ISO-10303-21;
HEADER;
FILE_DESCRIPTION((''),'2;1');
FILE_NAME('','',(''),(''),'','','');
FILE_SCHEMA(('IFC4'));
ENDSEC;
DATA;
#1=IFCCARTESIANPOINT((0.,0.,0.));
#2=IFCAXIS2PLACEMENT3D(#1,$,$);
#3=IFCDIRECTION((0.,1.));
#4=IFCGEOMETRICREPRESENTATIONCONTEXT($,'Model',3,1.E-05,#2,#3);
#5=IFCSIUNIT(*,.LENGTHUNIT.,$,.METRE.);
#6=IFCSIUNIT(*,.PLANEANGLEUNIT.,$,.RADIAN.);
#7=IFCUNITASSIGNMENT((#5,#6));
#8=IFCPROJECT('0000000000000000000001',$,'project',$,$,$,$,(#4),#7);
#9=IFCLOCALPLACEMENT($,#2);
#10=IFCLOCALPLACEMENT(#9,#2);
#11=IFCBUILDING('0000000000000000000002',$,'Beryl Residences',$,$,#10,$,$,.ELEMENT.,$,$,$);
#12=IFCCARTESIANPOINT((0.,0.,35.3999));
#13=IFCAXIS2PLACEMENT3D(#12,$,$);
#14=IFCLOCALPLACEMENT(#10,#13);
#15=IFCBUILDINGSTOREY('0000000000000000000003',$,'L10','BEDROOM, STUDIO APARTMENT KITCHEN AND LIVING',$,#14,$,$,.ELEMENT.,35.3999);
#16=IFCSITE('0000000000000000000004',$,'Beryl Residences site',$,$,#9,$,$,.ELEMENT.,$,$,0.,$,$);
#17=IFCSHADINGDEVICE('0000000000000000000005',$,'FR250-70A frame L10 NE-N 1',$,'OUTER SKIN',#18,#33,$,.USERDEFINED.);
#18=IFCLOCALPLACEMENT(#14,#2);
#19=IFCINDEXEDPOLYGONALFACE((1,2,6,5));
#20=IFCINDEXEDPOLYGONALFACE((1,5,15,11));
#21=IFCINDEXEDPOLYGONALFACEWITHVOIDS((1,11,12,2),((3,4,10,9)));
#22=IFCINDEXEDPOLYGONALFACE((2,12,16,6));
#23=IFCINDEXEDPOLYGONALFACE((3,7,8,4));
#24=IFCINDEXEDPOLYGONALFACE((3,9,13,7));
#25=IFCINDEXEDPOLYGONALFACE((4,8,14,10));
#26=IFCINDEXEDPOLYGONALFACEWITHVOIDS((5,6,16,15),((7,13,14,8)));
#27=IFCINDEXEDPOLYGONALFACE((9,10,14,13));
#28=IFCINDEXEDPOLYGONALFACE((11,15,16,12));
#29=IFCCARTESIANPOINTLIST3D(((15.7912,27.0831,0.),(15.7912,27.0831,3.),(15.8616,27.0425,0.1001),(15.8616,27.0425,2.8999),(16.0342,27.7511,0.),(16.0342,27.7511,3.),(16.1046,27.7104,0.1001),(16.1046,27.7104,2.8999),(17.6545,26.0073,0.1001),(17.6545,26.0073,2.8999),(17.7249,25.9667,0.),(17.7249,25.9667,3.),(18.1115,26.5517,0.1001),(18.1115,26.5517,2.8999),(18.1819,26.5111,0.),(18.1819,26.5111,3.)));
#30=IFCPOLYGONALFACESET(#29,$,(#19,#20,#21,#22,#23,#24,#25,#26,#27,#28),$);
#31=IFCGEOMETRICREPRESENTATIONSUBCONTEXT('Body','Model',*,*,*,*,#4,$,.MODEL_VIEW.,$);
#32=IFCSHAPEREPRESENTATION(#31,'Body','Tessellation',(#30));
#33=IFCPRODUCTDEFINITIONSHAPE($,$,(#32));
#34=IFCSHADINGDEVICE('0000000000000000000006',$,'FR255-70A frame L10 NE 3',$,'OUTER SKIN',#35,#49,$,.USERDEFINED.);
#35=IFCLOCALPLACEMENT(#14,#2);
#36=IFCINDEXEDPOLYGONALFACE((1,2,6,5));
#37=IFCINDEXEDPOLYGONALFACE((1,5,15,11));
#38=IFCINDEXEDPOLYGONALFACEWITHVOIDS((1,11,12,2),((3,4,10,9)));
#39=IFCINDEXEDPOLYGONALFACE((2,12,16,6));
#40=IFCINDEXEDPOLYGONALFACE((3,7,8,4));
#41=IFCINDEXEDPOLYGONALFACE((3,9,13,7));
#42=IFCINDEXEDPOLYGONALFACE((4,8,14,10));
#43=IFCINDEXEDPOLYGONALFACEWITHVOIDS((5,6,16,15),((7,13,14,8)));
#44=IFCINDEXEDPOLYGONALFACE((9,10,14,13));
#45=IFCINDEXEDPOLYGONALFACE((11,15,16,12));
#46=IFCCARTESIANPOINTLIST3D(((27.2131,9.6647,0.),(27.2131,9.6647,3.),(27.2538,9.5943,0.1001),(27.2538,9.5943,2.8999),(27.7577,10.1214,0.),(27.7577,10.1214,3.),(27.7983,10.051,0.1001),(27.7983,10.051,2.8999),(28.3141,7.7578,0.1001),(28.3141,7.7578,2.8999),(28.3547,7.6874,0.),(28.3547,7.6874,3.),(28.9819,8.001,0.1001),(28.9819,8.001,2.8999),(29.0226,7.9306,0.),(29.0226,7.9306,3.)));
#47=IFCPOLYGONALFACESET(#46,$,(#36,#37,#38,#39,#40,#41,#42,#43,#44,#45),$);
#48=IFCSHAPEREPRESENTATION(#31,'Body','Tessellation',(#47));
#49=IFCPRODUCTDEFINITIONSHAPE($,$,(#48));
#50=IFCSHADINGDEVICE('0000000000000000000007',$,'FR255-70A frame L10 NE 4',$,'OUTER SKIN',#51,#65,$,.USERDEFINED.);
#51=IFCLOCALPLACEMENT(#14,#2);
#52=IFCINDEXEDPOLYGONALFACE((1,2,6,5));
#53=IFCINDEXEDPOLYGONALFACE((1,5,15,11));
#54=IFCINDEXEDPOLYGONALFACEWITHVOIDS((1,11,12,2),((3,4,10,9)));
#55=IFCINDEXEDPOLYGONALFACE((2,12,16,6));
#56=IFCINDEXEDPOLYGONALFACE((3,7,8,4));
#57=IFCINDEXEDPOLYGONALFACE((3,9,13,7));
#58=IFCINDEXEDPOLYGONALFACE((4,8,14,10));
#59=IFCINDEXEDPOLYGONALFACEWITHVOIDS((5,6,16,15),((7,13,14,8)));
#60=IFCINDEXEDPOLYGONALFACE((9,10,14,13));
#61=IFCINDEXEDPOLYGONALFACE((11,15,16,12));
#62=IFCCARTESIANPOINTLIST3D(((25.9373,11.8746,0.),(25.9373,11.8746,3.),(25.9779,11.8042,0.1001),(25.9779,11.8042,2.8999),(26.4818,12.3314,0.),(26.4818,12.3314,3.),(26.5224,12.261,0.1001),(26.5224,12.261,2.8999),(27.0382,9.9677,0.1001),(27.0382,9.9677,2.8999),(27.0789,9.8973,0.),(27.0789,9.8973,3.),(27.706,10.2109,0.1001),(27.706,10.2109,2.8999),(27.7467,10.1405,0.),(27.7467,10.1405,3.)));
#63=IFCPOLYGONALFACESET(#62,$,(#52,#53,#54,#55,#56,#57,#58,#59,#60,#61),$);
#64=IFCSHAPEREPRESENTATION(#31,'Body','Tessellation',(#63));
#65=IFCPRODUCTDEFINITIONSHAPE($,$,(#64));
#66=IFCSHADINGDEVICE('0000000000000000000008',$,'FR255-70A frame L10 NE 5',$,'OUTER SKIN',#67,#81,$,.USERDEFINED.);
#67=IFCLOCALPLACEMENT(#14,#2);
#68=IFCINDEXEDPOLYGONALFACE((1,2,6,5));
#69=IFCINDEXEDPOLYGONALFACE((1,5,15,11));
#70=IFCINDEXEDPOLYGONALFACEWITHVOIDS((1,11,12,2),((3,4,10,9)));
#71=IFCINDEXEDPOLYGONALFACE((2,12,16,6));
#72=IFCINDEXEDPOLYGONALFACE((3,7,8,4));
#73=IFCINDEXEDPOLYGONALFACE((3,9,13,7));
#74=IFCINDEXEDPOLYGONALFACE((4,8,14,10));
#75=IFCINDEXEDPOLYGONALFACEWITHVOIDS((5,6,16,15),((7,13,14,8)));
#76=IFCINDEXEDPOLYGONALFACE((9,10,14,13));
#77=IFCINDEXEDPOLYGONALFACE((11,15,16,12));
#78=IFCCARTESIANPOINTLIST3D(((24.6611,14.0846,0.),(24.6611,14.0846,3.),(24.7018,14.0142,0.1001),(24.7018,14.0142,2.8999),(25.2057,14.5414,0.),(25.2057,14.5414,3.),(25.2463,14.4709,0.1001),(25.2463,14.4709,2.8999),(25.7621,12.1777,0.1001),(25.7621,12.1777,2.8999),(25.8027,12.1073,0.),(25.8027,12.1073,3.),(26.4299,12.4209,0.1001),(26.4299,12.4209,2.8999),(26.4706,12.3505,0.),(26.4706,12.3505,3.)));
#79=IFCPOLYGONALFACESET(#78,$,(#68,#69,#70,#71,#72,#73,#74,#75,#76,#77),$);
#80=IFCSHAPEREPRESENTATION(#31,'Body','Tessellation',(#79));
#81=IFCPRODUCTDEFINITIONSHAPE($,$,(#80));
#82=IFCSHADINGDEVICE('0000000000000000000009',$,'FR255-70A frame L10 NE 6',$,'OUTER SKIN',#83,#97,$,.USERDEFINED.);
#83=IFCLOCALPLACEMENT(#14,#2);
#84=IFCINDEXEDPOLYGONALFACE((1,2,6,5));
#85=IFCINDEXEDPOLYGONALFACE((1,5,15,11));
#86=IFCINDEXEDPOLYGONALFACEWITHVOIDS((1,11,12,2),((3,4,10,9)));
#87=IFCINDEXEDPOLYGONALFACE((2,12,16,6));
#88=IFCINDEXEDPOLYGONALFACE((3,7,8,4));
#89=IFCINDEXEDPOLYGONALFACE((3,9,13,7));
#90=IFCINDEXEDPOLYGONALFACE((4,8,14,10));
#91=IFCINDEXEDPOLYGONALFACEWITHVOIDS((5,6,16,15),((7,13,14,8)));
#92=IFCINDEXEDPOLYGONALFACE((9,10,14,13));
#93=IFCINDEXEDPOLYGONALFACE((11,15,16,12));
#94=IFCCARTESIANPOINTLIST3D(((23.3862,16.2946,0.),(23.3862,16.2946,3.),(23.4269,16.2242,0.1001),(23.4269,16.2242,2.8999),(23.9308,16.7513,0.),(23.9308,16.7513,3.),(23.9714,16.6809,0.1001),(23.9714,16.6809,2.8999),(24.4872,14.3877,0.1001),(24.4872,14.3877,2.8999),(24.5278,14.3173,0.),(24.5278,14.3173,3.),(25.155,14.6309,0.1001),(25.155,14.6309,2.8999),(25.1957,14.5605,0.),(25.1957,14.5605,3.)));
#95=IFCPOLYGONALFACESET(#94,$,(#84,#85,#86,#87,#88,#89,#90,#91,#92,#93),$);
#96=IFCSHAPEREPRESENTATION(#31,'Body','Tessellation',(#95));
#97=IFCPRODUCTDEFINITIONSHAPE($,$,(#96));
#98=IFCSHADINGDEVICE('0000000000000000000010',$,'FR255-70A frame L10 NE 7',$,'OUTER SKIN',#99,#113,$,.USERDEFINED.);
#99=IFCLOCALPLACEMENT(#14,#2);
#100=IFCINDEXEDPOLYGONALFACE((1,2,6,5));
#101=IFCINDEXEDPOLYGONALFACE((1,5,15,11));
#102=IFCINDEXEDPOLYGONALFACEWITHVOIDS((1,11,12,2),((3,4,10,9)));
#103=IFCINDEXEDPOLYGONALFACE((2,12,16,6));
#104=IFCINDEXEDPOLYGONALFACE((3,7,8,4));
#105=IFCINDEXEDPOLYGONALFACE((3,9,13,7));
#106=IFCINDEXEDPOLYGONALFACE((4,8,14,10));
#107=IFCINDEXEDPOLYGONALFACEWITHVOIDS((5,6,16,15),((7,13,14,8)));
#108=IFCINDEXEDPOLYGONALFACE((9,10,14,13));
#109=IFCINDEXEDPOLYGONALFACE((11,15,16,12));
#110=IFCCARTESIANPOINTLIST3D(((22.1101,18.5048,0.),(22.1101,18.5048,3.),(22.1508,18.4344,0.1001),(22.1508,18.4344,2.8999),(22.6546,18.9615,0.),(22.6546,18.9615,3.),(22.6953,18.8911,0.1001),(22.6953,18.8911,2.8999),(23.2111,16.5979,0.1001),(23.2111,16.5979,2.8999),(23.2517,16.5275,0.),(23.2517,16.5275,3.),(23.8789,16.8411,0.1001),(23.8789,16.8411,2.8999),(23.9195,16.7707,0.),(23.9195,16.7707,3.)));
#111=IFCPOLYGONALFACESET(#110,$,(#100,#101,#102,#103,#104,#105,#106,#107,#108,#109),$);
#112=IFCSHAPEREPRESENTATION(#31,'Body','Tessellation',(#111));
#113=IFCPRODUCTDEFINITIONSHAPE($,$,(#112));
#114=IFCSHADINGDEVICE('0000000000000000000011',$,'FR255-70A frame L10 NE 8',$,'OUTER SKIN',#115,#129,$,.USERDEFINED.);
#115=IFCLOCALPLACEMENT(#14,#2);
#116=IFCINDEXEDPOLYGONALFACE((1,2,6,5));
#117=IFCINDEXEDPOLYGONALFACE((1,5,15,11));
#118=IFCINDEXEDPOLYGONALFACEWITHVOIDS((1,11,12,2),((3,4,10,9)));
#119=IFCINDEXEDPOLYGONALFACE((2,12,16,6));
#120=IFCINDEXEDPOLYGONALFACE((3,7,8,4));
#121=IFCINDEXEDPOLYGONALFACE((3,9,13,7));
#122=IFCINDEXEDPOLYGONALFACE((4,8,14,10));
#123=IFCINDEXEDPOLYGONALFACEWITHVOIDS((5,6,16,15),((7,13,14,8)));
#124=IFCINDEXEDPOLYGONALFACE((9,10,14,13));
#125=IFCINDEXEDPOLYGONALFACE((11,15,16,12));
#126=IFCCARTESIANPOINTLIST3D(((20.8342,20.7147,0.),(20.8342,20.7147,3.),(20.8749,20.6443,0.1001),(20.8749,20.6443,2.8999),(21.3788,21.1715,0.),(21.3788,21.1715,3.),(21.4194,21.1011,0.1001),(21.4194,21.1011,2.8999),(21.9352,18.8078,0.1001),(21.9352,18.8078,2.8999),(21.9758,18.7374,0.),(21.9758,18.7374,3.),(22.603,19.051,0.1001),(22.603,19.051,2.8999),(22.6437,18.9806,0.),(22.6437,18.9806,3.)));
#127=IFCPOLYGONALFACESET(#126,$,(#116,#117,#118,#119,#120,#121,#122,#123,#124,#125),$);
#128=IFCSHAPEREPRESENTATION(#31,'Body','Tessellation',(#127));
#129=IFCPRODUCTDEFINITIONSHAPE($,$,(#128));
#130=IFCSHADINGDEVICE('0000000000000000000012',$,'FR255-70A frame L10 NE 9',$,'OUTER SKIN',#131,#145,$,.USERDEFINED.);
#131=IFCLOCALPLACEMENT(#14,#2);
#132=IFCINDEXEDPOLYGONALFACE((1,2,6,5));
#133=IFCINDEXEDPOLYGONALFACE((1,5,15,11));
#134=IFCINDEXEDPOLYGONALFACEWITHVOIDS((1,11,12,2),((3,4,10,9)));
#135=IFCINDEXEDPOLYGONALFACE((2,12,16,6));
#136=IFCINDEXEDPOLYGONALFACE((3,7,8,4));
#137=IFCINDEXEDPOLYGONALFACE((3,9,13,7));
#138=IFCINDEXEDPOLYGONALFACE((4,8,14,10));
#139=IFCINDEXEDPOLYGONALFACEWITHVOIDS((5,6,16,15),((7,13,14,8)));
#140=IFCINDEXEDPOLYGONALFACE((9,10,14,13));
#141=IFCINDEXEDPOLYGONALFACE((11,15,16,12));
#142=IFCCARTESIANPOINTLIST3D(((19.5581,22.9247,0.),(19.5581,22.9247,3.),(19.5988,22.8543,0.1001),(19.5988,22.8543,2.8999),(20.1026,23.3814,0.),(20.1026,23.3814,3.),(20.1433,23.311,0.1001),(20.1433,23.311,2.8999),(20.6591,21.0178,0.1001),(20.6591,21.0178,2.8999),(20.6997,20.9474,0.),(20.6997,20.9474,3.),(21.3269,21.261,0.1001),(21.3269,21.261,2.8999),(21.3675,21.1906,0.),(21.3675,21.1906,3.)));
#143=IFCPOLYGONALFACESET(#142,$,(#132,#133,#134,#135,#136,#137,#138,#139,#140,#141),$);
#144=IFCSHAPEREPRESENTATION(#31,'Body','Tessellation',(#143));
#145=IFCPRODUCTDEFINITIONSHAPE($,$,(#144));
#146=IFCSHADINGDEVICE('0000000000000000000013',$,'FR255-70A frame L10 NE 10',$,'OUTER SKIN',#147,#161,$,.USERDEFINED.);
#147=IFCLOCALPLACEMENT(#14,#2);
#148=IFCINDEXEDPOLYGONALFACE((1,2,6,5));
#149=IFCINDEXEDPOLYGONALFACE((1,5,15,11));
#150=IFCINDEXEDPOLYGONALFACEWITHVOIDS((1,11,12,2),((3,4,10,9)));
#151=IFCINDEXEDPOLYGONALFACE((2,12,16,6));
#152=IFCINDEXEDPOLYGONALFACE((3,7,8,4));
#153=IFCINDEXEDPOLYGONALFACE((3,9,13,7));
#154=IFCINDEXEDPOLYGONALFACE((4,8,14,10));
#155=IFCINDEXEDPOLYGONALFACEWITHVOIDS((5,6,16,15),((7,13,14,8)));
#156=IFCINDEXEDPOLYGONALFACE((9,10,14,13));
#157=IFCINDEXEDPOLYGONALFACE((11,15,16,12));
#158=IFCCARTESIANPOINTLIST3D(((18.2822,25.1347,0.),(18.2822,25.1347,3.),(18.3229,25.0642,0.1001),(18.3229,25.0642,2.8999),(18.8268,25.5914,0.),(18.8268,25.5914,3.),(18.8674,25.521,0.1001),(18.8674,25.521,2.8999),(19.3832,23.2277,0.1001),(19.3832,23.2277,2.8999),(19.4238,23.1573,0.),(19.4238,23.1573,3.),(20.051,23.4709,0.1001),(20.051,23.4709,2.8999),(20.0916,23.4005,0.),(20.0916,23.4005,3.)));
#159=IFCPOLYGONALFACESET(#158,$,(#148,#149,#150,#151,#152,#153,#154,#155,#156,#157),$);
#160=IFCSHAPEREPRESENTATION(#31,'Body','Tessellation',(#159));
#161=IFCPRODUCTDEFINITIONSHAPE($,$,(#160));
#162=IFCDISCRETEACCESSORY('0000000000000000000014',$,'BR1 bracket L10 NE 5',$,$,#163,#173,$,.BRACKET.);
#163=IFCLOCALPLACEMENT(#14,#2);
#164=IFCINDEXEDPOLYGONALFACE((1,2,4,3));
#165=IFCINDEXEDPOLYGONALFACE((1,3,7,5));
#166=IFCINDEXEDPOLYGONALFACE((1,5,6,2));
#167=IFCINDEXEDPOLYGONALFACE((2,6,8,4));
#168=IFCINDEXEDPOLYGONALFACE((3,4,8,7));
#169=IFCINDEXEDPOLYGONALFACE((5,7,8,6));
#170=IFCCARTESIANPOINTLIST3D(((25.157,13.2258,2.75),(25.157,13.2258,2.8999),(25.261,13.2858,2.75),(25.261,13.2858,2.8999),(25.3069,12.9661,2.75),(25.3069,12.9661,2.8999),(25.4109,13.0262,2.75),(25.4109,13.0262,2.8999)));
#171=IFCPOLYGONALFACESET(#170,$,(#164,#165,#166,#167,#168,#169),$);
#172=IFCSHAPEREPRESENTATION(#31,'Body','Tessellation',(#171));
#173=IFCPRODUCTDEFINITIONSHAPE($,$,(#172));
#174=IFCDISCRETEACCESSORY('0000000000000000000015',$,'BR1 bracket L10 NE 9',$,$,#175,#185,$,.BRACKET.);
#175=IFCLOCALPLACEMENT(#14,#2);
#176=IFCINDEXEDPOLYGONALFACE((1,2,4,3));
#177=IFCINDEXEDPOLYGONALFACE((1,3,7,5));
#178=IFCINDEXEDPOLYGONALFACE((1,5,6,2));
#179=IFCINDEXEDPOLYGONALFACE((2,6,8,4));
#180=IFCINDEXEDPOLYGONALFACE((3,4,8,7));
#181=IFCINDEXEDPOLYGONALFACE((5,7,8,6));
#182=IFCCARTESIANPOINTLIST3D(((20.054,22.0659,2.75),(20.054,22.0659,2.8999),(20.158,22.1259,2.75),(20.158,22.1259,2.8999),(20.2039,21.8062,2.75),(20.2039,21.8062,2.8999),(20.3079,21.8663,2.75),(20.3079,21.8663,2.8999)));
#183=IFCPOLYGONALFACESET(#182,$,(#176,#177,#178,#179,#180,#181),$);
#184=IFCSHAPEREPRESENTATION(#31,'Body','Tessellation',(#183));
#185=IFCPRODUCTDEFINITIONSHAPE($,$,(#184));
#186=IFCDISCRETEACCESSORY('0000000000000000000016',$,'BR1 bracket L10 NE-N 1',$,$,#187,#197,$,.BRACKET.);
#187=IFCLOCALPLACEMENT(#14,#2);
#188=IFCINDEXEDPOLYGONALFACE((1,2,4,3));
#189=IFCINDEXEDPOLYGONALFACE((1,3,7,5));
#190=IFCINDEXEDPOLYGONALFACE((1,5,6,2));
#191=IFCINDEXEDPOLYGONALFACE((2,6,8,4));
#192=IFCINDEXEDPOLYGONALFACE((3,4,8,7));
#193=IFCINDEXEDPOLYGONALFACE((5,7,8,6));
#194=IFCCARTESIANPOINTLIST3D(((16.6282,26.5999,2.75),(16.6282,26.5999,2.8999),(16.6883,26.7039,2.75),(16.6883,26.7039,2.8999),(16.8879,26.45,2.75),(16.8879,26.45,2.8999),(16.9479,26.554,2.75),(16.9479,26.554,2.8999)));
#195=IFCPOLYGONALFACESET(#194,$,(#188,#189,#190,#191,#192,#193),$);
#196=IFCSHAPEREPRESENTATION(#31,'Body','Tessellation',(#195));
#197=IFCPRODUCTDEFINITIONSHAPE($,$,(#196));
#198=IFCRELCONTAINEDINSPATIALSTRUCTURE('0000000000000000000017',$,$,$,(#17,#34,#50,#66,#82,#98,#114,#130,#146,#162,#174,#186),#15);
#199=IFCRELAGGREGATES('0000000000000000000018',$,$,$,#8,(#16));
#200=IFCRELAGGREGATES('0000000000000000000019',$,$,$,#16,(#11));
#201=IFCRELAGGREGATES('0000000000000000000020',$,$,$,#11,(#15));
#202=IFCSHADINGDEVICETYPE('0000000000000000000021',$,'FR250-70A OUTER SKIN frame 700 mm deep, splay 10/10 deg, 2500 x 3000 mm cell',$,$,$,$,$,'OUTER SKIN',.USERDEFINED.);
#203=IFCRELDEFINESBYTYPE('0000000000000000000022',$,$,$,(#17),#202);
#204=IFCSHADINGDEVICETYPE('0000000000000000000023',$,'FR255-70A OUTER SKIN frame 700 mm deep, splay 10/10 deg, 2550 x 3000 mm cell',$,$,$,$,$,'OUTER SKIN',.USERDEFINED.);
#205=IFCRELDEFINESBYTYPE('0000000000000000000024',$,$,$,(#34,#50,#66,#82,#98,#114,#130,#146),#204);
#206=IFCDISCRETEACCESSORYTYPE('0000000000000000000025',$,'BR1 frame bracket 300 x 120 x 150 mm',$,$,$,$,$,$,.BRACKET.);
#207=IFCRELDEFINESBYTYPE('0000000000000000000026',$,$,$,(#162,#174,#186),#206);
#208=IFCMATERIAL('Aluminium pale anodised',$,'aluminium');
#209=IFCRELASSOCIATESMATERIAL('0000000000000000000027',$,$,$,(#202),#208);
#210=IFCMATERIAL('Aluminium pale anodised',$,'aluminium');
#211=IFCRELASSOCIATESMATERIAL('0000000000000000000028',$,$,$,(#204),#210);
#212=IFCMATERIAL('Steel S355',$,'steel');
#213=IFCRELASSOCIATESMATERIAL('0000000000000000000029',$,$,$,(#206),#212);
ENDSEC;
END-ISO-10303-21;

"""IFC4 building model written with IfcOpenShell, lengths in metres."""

from ifc_helpers import new_model, entity, si_unit, direction, frame, origin, place, context, subcontext, project, spatial, polyline, outline, extrude, source, transform, mapped, material, type_object, type_shapes, element, save


model = new_model("IFC4")

# Units and contexts
model_context = context("Model", 3, precision=1e-05, world=origin(), true_north=direction((0.0, 1.0)))
body_context = subcontext(model_context, "Body", "Model", "MODEL_VIEW")
ifc_project = project(units=[si_unit("LENGTHUNIT", "METRE"), si_unit("PLANEANGLEUNIT", "RADIAN")], contexts=[model_context])

# Site, building, storey
site_placement = place(None, origin())
site = spatial("IfcSite", under=ifc_project, at=site_placement, Name="Beryl Residences site", CompositionType="ELEMENT", RefElevation=0.0)
building_placement = place(site_placement, origin())
building = spatial("IfcBuilding", under=site, at=building_placement, Name="Beryl Residences", CompositionType="ELEMENT")
storey_placement = place(building_placement, frame((0.0, 0.0, 35.3999)))
storey = spatial("IfcBuildingStorey", under=building, at=storey_placement, Name="L10", Description="BEDROOM, STUDIO APARTMENT KITCHEN AND LIVING", CompositionType="ELEMENT", Elevation=35.3999)

# Shading devices
ifc_material_1 = material(Name="Aluminium pale anodised", Category="aluminium")
shading_device_type_1 = type_object("IfcShadingDeviceType", Name="FR250-70A OUTER SKIN frame 700 mm deep, splay 10/10 deg, 2500 x 3000 mm cell", ElementType="OUTER SKIN", PredefinedType="USERDEFINED", material=ifc_material_1)
cartesian_point_1 = entity("IfcCartesianPoint", [-1.1165, 0.0])
cartesian_point_2 = entity("IfcCartesianPoint", [-1.0352, 0.1001])
cartesian_point_3 = entity("IfcCartesianPoint", [-1.24, 0.0])
cartesian_point_4 = entity("IfcCartesianPoint", [-1.1587, 0.1001])
shared_shape_1 = source(origin(), body_context, "Body", "SweptSolid", [
    entity("IfcExtrudedAreaSolidTapered", entity("IfcArbitraryProfileDefWithVoids", "AREA", None, entity("IfcPolyline", [cartesian_point_1, entity("IfcCartesianPoint", [1.1165, 0.0]), entity("IfcCartesianPoint", [1.1165, 3.0]), entity("IfcCartesianPoint", [-1.1165, 3.0]), cartesian_point_1]), [entity("IfcPolyline", [cartesian_point_2, entity("IfcCartesianPoint", [1.0352, 0.1001]), entity("IfcCartesianPoint", [1.0352, 2.8999]), entity("IfcCartesianPoint", [-1.0352, 2.8999]), cartesian_point_2])]), entity("IfcAxis2Placement3D", entity("IfcCartesianPoint", [0.0, 0.0, 0.0]), entity("IfcDirection", [0.0, 1.0, 0.0]), entity("IfcDirection", [-1.0, 0.0, 0.0])), entity("IfcDirection", [0.0, 0.0, 1.0]), 0.7, entity("IfcArbitraryProfileDefWithVoids", "AREA", None, entity("IfcPolyline", [cartesian_point_3, entity("IfcCartesianPoint", [1.24, 0.0]), entity("IfcCartesianPoint", [1.24, 3.0]), entity("IfcCartesianPoint", [-1.24, 3.0]), cartesian_point_3]), [entity("IfcPolyline", [cartesian_point_4, entity("IfcCartesianPoint", [1.1587, 0.1001]), entity("IfcCartesianPoint", [1.1587, 2.8999]), entity("IfcCartesianPoint", [-1.1587, 2.8999]), cartesian_point_4])])),
])
type_shapes(shading_device_type_1, [shared_shape_1])
shading_device_placement = place(storey_placement, frame((16.7581, 26.5249, 0.0), z_axis=(0.0, 0.0, 1.0), x_axis=(0.866025, -0.5, 0.0)))
element("IfcShadingDevice", 1, at=shading_device_placement, inside=storey, type_object=shading_device_type_1, Name="FR250-70A frame L10 NE-N 1", ObjectType="OUTER SKIN", PredefinedType="USERDEFINED", context=body_context, shape_type="MappedRepresentation", body=[
    mapped(shared_shape_1, transform((0.0, 0.0, 0.0))),
])
ifc_material_2 = material(Name="Aluminium pale anodised", Category="aluminium")
shading_device_type_2 = type_object("IfcShadingDeviceType", Name="FR255-70A OUTER SKIN frame 700 mm deep, splay 10/10 deg, 2550 x 3000 mm cell", ElementType="OUTER SKIN", PredefinedType="USERDEFINED", material=ifc_material_2)
cartesian_point_5 = entity("IfcCartesianPoint", [-1.1416, 0.0])
cartesian_point_6 = entity("IfcCartesianPoint", [-1.0603, 0.1001])
cartesian_point_7 = entity("IfcCartesianPoint", [-1.2649, 0.0])
cartesian_point_8 = entity("IfcCartesianPoint", [-1.1836, 0.1001])
shared_shape_2 = source(origin(), body_context, "Body", "SweptSolid", [
    entity("IfcExtrudedAreaSolidTapered", entity("IfcArbitraryProfileDefWithVoids", "AREA", None, entity("IfcPolyline", [cartesian_point_5, entity("IfcCartesianPoint", [1.1416, 0.0]), entity("IfcCartesianPoint", [1.1416, 3.0]), entity("IfcCartesianPoint", [-1.1416, 3.0]), cartesian_point_5]), [entity("IfcPolyline", [cartesian_point_6, entity("IfcCartesianPoint", [1.0603, 0.1001]), entity("IfcCartesianPoint", [1.0603, 2.8999]), entity("IfcCartesianPoint", [-1.0603, 2.8999]), cartesian_point_6])]), entity("IfcAxis2Placement3D", entity("IfcCartesianPoint", [0.0, 0.0, 0.0]), entity("IfcDirection", [0.0, 1.0, 0.0]), entity("IfcDirection", [-1.0, 0.0, 0.0])), entity("IfcDirection", [0.0, 0.0, 1.0]), 0.7, entity("IfcArbitraryProfileDefWithVoids", "AREA", None, entity("IfcPolyline", [cartesian_point_7, entity("IfcCartesianPoint", [1.2649, 0.0]), entity("IfcCartesianPoint", [1.2649, 3.0]), entity("IfcCartesianPoint", [-1.2649, 3.0]), cartesian_point_7]), [entity("IfcPolyline", [cartesian_point_8, entity("IfcCartesianPoint", [1.1836, 0.1001]), entity("IfcCartesianPoint", [1.1836, 2.8999]), entity("IfcCartesianPoint", [-1.1836, 2.8999]), cartesian_point_8])])),
])
type_shapes(shading_device_type_2, [shared_shape_2])
for number, where, z_axis, x_axis, name in (
    (2, (27.7839, 8.676, 0.0), (0.0, 0.0, 1.0), (0.5, -0.866025, 0.0), "FR255-70A frame L10 NE 3"),
    (3, (26.5081, 10.886, 0.0), (0.0, 0.0, 1.0), (0.5, -0.866025, 0.0), "FR255-70A frame L10 NE 4"),
    (4, (25.2319, 13.0959, 0.0), (0.0, 0.0, 1.0), (0.5, -0.866025, 0.0), "FR255-70A frame L10 NE 5"),
    (5, (23.957, 15.3059, 0.0), (0.0, 0.0, 1.0), (0.5, -0.866025, 0.0), "FR255-70A frame L10 NE 6"),
    (6, (22.6809, 17.5161, 0.0), (0.0, 0.0, 1.0), (0.5, -0.866025, 0.0), "FR255-70A frame L10 NE 7"),
    (7, (21.405, 19.7261, 0.0), (0.0, 0.0, 1.0), (0.5, -0.866025, 0.0), "FR255-70A frame L10 NE 8"),
    (8, (20.1289, 21.936, 0.0), (0.0, 0.0, 1.0), (0.5, -0.866025, 0.0), "FR255-70A frame L10 NE 9"),
    (9, (18.853, 24.146, 0.0), (0.0, 0.0, 1.0), (0.5, -0.866025, 0.0), "FR255-70A frame L10 NE 10"),
):
    element("IfcShadingDevice", number, at=place(storey_placement, frame(where, z_axis=z_axis, x_axis=x_axis)), inside=storey, type_object=shading_device_type_2, Name=name, ObjectType="OUTER SKIN", PredefinedType="USERDEFINED", context=body_context, shape_type="MappedRepresentation", body=[
        mapped(shared_shape_2, transform((0.0, 0.0, 0.0))),
    ])

# Discrete accessories
ifc_material_3 = material(Name="Steel S355", Category="steel")
discrete_accessory_type = type_object("IfcDiscreteAccessoryType", Name="BR1 frame bracket 300 x 120 x 150 mm", PredefinedType="BRACKET", material=ifc_material_3)
shared_shape_3 = source(origin(), body_context, "Body", "SweptSolid", [
    extrude(outline(polyline([(-0.1499, 0.0), (0.1499, 0.0), (0.1499, 0.1201), (-0.1499, 0.1201), (-0.1499, 0.0)])), origin(), (0.0, 0.0, 1.0), 0.1499),
])
type_shapes(discrete_accessory_type, [shared_shape_3])
for number, where, z_axis, x_axis, name in (
    (10, (25.2319, 13.0959, 2.75), (0.0, 0.0, 1.0), (0.5, -0.866025, 0.0), "BR1 bracket L10 NE 5"),
    (11, (20.1289, 21.936, 2.75), (0.0, 0.0, 1.0), (0.5, -0.866025, 0.0), "BR1 bracket L10 NE 9"),
    (12, (16.7581, 26.5249, 2.75), (0.0, 0.0, 1.0), (0.866025, -0.5, 0.0), "BR1 bracket L10 NE-N 1"),
):
    element("IfcDiscreteAccessory", number, at=place(storey_placement, frame(where, z_axis=z_axis, x_axis=x_axis)), inside=storey, type_object=discrete_accessory_type, Name=name, PredefinedType="BRACKET", context=body_context, shape_type="MappedRepresentation", body=[
        mapped(shared_shape_3, transform((0.0, 0.0, 0.0))),
    ])

save(model, "model.ifc")
